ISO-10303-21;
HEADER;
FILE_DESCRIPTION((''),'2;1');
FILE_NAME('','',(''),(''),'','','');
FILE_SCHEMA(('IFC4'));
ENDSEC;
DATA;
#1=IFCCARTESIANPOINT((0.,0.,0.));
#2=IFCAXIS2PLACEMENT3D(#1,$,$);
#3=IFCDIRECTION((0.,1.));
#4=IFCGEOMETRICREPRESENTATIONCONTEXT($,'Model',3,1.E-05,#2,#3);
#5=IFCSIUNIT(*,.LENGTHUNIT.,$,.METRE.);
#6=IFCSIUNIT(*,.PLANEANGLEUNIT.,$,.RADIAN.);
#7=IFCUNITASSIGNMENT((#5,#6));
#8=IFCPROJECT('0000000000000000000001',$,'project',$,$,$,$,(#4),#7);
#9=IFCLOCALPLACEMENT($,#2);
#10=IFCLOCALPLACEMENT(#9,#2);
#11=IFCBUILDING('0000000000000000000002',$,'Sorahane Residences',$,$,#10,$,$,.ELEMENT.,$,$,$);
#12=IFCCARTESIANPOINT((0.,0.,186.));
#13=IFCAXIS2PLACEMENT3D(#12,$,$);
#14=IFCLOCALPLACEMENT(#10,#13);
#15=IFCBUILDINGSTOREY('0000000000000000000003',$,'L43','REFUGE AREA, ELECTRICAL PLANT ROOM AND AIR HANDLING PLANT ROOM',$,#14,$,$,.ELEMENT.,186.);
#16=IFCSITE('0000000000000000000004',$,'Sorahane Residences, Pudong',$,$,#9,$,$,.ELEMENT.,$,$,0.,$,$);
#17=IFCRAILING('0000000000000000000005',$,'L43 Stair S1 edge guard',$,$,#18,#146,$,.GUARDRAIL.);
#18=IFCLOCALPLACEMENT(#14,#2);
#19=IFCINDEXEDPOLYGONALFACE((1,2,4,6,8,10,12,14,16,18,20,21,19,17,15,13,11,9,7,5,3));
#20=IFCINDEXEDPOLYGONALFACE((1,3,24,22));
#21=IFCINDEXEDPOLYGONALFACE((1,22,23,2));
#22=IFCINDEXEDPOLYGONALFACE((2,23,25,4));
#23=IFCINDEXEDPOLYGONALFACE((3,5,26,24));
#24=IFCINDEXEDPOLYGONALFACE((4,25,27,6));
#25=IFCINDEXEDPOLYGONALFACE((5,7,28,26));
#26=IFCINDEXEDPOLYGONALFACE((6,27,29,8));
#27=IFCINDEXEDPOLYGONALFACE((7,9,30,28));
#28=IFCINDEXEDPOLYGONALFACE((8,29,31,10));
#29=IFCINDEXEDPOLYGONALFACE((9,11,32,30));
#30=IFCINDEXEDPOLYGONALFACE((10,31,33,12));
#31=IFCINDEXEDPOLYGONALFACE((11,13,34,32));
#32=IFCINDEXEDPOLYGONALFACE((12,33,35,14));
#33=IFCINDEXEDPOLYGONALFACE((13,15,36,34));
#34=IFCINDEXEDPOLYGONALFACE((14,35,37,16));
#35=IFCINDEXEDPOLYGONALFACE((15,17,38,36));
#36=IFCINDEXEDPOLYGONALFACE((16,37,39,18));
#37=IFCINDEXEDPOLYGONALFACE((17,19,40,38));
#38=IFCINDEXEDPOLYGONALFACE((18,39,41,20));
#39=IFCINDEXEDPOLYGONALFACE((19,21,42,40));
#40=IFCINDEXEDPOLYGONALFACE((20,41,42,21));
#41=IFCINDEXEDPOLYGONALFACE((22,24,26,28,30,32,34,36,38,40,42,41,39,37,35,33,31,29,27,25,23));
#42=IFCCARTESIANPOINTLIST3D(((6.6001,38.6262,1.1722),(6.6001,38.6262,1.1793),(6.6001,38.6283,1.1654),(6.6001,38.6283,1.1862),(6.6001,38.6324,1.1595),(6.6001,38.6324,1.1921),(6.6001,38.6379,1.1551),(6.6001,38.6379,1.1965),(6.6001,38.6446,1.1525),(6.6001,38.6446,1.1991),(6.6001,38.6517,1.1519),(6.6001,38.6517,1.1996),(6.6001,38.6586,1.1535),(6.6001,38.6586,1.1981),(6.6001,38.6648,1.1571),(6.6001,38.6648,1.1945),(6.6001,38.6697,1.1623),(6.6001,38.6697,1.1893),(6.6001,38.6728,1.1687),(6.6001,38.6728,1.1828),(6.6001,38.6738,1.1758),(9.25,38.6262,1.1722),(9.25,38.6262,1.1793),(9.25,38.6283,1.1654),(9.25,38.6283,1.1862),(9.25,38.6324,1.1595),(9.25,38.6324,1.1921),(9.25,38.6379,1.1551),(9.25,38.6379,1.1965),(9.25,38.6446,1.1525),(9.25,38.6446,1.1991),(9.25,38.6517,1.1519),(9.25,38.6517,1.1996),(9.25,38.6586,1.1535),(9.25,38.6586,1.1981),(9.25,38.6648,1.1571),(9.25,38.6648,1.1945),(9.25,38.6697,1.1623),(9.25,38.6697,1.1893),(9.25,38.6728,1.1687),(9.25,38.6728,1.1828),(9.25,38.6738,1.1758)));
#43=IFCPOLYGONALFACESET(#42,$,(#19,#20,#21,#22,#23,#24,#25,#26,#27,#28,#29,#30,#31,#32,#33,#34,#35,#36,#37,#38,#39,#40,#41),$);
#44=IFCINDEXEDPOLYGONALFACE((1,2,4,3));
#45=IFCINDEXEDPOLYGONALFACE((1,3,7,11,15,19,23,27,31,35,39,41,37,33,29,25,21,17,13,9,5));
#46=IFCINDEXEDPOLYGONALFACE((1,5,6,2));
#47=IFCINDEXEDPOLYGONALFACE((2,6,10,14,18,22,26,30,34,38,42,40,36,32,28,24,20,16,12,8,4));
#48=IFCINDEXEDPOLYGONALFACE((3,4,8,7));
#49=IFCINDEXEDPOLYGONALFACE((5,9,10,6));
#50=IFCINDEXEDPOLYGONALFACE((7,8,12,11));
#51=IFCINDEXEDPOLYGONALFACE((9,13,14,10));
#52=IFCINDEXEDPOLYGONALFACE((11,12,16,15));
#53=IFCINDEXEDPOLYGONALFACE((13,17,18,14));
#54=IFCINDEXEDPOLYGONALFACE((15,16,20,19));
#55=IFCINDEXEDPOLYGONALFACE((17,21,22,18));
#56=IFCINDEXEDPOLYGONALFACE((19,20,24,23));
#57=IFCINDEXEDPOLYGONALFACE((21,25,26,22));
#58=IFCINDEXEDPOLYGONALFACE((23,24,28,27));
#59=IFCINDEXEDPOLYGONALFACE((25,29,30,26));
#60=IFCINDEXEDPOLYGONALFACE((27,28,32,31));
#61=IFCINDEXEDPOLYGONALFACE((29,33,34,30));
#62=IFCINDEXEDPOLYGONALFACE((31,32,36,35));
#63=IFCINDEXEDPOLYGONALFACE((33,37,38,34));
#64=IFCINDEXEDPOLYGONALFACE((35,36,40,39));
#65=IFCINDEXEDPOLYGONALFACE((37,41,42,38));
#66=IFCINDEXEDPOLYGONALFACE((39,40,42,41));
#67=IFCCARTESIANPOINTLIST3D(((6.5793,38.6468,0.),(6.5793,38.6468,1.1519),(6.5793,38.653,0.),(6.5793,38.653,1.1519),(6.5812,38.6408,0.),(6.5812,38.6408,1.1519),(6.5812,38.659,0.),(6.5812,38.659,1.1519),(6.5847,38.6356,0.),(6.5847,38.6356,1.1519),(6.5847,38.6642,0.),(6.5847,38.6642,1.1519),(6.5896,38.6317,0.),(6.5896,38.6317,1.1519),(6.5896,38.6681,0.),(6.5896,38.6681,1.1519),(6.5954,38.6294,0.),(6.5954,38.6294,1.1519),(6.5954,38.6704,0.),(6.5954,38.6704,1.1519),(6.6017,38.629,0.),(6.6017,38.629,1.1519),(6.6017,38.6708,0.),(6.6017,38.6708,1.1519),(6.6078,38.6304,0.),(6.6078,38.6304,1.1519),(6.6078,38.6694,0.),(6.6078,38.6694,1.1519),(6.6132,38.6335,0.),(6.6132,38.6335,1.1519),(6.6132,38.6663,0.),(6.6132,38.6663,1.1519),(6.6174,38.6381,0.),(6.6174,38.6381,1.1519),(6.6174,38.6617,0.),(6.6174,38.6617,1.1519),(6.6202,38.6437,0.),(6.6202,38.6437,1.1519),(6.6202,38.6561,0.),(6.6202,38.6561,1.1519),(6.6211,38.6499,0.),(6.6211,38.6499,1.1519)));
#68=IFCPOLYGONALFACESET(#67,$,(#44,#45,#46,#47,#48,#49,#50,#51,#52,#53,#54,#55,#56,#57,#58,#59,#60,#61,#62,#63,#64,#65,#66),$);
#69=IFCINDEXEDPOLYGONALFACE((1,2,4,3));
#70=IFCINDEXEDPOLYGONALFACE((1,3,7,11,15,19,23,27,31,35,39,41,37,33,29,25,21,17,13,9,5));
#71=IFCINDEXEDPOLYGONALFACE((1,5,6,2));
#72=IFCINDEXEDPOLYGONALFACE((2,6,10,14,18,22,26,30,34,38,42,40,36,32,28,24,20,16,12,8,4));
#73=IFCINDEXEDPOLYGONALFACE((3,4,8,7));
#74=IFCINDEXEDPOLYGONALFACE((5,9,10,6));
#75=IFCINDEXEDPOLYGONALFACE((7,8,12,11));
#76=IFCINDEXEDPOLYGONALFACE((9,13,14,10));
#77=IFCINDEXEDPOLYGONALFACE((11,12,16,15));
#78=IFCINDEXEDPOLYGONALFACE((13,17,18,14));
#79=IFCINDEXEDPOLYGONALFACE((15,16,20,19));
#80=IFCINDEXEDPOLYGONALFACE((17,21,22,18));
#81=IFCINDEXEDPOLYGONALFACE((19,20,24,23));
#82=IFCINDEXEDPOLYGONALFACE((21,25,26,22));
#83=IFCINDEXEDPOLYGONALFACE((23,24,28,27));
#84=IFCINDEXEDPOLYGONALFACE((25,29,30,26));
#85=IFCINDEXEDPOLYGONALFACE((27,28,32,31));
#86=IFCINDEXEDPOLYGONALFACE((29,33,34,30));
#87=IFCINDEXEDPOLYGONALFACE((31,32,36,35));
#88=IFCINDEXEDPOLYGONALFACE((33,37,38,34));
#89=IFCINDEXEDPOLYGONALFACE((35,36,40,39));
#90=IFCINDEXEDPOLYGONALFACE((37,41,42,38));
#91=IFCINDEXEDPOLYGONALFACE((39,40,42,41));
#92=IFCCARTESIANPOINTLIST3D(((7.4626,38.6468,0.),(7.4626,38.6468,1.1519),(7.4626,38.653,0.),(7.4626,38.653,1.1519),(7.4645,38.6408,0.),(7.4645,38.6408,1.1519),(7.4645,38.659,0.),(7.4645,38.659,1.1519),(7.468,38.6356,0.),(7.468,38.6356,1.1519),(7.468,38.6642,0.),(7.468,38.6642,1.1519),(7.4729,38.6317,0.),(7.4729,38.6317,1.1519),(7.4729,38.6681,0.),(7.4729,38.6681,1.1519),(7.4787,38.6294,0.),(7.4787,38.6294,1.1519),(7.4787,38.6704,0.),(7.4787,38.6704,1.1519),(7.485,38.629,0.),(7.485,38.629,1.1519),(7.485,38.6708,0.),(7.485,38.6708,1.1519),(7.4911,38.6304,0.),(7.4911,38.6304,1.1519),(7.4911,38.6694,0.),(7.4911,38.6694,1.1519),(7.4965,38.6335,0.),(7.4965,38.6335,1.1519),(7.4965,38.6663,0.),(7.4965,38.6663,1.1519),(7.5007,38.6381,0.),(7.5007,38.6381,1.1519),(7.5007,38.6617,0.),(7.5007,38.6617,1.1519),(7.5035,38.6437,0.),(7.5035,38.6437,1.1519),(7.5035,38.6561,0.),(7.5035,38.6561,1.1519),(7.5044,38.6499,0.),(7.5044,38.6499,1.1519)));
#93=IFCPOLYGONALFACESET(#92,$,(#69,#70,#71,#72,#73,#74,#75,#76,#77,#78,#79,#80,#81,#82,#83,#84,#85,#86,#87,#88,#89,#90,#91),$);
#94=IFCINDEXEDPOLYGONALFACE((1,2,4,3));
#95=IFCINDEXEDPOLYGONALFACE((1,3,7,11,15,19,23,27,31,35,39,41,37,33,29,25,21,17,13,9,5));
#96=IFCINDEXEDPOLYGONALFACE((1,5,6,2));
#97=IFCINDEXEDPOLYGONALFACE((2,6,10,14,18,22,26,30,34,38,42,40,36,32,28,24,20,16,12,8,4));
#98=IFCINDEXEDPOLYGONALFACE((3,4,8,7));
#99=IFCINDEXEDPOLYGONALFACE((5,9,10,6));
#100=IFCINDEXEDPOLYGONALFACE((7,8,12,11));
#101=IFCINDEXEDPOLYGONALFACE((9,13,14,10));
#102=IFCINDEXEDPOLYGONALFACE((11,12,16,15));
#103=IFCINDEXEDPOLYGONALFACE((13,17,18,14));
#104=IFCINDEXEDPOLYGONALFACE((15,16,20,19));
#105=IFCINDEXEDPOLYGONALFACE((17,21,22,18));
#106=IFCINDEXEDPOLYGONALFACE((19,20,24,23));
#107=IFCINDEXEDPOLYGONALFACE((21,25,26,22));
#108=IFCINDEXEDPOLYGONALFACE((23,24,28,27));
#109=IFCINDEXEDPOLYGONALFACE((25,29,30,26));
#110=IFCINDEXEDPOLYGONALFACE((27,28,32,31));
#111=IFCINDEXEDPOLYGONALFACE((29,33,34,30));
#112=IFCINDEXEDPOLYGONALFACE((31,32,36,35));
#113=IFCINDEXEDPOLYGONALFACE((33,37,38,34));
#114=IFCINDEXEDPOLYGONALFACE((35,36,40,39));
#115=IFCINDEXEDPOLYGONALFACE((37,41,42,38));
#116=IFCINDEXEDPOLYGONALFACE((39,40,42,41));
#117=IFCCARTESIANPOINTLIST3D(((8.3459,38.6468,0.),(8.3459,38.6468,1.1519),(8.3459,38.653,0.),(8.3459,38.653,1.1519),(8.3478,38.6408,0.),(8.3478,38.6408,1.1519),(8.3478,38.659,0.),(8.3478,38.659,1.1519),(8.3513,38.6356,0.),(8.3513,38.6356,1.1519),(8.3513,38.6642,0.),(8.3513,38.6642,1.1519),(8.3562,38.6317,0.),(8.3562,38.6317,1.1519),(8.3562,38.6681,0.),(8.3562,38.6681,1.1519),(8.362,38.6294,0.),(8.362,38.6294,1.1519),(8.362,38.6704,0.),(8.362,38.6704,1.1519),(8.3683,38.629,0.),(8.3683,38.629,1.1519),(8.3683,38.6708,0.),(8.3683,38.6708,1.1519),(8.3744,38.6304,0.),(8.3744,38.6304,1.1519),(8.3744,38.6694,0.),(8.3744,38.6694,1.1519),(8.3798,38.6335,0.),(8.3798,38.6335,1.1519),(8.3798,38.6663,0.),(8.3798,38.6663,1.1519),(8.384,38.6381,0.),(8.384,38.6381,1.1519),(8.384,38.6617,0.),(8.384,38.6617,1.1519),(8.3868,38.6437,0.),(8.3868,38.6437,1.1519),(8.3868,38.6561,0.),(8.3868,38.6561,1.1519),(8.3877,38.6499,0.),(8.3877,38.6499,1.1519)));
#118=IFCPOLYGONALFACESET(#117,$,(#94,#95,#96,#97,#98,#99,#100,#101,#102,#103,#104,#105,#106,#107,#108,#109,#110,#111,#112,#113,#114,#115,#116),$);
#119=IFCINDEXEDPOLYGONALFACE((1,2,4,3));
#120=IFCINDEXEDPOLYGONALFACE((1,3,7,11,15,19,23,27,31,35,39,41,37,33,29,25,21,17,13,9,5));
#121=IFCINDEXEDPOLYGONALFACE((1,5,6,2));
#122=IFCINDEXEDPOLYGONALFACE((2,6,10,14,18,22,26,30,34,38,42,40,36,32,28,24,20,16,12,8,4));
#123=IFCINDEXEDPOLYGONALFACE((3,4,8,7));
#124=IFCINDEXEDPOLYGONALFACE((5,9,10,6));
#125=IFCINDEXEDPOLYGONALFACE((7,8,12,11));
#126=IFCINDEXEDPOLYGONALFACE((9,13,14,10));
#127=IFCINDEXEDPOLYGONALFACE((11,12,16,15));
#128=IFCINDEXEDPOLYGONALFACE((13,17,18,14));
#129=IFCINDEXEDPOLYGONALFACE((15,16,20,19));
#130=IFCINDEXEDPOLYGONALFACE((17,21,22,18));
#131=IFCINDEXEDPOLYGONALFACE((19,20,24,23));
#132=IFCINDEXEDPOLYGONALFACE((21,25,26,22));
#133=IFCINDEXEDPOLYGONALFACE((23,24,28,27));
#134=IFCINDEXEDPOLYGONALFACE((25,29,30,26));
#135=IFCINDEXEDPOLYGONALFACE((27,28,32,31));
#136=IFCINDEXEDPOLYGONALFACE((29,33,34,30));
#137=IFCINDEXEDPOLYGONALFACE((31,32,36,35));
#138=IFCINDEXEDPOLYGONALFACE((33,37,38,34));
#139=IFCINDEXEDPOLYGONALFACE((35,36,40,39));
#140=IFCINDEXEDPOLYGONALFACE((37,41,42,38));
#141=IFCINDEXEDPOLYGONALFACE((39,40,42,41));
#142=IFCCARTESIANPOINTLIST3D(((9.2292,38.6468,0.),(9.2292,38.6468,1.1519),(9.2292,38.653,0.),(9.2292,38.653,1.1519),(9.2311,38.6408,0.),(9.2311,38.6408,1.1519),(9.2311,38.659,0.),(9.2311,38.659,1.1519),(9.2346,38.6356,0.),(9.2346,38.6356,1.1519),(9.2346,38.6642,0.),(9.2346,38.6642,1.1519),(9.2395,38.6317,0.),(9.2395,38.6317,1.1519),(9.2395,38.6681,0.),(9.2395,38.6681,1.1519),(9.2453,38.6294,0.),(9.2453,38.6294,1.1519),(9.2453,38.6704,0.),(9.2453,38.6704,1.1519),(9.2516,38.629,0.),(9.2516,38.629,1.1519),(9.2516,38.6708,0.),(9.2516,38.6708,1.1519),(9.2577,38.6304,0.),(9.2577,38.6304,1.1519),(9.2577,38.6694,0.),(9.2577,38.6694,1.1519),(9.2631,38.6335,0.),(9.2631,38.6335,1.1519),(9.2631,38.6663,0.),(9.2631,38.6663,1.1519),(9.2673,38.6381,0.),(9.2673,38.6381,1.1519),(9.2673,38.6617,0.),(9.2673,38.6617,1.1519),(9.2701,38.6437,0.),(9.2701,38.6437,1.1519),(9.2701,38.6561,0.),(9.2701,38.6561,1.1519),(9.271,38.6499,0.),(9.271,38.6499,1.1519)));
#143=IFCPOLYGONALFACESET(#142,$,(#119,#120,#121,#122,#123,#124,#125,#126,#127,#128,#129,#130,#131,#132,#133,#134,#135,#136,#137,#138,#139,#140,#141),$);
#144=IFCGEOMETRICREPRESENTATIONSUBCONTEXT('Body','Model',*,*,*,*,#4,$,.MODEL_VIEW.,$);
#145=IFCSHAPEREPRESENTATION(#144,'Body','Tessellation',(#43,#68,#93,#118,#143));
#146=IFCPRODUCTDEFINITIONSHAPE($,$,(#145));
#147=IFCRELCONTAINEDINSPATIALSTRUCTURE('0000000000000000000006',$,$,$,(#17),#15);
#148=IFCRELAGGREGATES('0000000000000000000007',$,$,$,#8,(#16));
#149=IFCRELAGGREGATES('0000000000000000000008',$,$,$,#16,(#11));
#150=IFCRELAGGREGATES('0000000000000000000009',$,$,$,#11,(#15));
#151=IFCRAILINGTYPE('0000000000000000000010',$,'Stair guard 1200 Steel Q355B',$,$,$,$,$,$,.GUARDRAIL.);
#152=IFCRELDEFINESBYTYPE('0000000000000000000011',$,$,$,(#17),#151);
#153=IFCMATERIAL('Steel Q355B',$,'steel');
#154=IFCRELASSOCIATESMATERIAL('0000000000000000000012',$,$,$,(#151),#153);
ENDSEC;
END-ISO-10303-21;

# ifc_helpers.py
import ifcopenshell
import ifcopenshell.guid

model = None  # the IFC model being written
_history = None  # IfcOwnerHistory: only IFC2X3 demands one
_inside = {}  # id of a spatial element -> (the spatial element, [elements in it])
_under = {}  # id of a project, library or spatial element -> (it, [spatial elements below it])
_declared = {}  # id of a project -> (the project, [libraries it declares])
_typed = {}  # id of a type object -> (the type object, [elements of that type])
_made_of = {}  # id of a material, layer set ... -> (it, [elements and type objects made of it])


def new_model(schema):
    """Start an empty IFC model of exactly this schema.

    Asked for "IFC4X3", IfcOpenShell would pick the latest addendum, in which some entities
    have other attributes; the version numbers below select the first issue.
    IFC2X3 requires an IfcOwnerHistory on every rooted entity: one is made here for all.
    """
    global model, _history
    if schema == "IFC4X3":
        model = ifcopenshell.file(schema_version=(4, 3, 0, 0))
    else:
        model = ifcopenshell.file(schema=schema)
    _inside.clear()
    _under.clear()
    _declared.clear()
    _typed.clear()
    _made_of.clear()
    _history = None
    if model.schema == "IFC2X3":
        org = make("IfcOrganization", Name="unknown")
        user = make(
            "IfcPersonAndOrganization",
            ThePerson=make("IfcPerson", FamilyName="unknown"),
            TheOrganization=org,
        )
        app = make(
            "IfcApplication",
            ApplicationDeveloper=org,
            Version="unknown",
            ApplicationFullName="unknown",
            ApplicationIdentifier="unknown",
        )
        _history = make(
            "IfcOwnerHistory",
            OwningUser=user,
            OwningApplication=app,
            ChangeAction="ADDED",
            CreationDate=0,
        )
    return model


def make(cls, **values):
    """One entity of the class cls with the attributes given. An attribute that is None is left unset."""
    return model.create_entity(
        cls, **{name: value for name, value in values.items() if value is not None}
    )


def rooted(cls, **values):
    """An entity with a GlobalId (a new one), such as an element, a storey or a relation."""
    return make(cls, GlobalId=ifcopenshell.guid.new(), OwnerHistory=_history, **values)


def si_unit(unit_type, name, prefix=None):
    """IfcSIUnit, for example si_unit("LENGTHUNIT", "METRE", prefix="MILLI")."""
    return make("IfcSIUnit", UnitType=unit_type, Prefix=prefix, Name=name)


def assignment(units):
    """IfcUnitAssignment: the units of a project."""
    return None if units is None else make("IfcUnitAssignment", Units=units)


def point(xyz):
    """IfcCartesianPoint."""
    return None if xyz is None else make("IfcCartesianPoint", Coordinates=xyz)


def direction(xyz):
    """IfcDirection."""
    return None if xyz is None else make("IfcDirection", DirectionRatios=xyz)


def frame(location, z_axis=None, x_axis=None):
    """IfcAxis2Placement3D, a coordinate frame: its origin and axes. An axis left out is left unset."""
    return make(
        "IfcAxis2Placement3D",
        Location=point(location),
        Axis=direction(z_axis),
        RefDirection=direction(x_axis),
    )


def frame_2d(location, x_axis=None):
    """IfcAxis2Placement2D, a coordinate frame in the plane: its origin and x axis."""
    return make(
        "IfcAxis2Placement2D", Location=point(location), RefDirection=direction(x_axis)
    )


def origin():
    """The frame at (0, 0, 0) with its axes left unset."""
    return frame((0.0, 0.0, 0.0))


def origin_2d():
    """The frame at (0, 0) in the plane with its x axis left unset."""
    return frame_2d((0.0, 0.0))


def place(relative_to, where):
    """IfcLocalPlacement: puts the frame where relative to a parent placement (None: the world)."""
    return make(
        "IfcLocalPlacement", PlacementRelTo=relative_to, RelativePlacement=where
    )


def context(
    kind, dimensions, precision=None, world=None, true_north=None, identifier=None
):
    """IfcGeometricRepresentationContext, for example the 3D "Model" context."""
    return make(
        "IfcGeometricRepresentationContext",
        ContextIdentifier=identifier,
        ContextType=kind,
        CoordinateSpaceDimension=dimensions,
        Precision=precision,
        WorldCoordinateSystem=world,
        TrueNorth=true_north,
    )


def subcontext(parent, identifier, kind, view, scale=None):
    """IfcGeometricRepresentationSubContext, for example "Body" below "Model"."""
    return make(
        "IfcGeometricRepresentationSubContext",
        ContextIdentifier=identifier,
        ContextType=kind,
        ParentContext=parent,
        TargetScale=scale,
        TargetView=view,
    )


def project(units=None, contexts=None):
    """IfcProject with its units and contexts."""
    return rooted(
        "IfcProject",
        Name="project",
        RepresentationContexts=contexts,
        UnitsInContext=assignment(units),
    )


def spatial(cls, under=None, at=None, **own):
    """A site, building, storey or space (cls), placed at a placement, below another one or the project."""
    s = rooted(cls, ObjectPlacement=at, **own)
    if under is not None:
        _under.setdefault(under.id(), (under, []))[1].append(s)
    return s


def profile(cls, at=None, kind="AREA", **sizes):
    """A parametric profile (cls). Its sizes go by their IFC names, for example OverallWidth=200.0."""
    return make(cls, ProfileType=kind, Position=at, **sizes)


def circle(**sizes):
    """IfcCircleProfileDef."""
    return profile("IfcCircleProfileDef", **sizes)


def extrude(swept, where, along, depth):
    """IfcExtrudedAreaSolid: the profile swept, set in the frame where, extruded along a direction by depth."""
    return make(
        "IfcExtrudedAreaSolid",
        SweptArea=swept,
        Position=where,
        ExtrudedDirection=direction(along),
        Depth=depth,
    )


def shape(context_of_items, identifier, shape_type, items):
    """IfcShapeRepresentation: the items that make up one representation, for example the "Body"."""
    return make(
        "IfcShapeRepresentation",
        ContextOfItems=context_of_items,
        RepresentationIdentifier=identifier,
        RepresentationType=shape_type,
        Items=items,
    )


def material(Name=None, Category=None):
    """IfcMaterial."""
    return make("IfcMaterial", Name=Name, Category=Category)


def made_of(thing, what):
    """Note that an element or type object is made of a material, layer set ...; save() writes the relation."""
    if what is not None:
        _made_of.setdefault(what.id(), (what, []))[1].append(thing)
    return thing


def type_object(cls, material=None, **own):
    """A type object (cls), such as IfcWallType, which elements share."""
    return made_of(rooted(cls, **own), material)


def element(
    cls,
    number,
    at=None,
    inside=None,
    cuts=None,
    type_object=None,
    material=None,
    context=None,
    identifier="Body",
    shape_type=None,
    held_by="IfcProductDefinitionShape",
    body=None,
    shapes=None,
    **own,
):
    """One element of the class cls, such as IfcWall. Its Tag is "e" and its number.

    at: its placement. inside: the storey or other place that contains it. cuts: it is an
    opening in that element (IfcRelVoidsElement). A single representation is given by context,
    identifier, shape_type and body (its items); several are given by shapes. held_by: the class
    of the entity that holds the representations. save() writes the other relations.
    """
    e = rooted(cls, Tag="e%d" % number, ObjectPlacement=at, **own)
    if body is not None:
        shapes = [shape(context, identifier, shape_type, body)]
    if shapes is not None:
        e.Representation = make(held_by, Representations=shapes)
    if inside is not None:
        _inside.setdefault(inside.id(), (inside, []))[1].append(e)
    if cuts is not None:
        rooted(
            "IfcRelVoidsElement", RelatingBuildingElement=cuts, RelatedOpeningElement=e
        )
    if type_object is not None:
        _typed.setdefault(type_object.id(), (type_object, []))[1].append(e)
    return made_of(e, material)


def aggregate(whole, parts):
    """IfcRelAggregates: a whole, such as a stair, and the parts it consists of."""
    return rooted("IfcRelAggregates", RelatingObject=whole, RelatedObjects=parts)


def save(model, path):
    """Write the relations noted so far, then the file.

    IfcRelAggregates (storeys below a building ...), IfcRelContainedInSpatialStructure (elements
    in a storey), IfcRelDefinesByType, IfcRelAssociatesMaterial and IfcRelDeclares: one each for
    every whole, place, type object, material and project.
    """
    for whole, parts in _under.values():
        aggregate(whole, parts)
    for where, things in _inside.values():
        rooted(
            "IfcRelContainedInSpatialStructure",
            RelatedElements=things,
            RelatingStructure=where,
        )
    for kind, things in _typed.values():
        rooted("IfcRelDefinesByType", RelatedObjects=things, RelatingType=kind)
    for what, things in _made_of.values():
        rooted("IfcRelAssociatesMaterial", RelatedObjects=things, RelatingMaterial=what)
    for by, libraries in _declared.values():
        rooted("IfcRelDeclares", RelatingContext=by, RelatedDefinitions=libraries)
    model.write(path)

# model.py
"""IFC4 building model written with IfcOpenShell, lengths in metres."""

from ifc_helpers import new_model, si_unit, direction, frame, origin, origin_2d, place, context, subcontext, project, spatial, circle, extrude, material, type_object, element, save


model = new_model("IFC4")

# Units and contexts
model_context = context("Model", 3, precision=1e-05, world=origin(), true_north=direction((0.0, 1.0)))
body_context = subcontext(model_context, "Body", "Model", "MODEL_VIEW")
ifc_project = project(units=[si_unit("LENGTHUNIT", "METRE"), si_unit("PLANEANGLEUNIT", "RADIAN")], contexts=[model_context])

# Site, building, storey
site_placement = place(None, origin())
site = spatial("IfcSite", under=ifc_project, at=site_placement, Name="Sorahane Residences, Pudong", CompositionType="ELEMENT", RefElevation=0.0)
building_placement = place(site_placement, origin())
building = spatial("IfcBuilding", under=site, at=building_placement, Name="Sorahane Residences", CompositionType="ELEMENT")
storey_placement = place(building_placement, frame((0.0, 0.0, 186.0)))
storey = spatial("IfcBuildingStorey", under=building, at=storey_placement, Name="L43", Description="REFUGE AREA, ELECTRICAL PLANT ROOM AND AIR HANDLING PLANT ROOM", CompositionType="ELEMENT", Elevation=186.0)

# Railing
ifc_material_1 = material(Name="Steel Q355B", Category="steel")
railing_type_1 = type_object("IfcRailingType", Name="Stair guard 1200 Steel Q355B", PredefinedType="GUARDRAIL", material=ifc_material_1)
railing_1_placement = place(storey_placement, frame((6.6001, 38.6499, 0.0)))
element("IfcRailing", 1, at=railing_1_placement, inside=storey, type_object=railing_type_1, Name="L43 Stair S1 edge guard", PredefinedType="GUARDRAIL", context=body_context, shape_type="SweptSolid", body=[
    extrude(circle(Radius=0.0239, at=origin_2d()), frame((0.0, 0.0, 1.1758), z_axis=(1.0, 0.0, 0.0), x_axis=(0.0, 1.0, 0.0)), (0.0, 0.0, 1.0), 2.6499),
    extrude(circle(Radius=0.021, at=origin_2d()), origin(), (0.0, 0.0, 1.0), 1.1519),
    extrude(circle(Radius=0.021, at=origin_2d()), frame((0.8833, 0.0, 0.0)), (0.0, 0.0, 1.0), 1.1519),
    extrude(circle(Radius=0.021, at=origin_2d()), frame((1.7666, 0.0, 0.0)), (0.0, 0.0, 1.0), 1.1519),
    extrude(circle(Radius=0.021, at=origin_2d()), frame((2.6499, 0.0, 0.0)), (0.0, 0.0, 1.0), 1.1519),
])

save(model, "model.ifc")
